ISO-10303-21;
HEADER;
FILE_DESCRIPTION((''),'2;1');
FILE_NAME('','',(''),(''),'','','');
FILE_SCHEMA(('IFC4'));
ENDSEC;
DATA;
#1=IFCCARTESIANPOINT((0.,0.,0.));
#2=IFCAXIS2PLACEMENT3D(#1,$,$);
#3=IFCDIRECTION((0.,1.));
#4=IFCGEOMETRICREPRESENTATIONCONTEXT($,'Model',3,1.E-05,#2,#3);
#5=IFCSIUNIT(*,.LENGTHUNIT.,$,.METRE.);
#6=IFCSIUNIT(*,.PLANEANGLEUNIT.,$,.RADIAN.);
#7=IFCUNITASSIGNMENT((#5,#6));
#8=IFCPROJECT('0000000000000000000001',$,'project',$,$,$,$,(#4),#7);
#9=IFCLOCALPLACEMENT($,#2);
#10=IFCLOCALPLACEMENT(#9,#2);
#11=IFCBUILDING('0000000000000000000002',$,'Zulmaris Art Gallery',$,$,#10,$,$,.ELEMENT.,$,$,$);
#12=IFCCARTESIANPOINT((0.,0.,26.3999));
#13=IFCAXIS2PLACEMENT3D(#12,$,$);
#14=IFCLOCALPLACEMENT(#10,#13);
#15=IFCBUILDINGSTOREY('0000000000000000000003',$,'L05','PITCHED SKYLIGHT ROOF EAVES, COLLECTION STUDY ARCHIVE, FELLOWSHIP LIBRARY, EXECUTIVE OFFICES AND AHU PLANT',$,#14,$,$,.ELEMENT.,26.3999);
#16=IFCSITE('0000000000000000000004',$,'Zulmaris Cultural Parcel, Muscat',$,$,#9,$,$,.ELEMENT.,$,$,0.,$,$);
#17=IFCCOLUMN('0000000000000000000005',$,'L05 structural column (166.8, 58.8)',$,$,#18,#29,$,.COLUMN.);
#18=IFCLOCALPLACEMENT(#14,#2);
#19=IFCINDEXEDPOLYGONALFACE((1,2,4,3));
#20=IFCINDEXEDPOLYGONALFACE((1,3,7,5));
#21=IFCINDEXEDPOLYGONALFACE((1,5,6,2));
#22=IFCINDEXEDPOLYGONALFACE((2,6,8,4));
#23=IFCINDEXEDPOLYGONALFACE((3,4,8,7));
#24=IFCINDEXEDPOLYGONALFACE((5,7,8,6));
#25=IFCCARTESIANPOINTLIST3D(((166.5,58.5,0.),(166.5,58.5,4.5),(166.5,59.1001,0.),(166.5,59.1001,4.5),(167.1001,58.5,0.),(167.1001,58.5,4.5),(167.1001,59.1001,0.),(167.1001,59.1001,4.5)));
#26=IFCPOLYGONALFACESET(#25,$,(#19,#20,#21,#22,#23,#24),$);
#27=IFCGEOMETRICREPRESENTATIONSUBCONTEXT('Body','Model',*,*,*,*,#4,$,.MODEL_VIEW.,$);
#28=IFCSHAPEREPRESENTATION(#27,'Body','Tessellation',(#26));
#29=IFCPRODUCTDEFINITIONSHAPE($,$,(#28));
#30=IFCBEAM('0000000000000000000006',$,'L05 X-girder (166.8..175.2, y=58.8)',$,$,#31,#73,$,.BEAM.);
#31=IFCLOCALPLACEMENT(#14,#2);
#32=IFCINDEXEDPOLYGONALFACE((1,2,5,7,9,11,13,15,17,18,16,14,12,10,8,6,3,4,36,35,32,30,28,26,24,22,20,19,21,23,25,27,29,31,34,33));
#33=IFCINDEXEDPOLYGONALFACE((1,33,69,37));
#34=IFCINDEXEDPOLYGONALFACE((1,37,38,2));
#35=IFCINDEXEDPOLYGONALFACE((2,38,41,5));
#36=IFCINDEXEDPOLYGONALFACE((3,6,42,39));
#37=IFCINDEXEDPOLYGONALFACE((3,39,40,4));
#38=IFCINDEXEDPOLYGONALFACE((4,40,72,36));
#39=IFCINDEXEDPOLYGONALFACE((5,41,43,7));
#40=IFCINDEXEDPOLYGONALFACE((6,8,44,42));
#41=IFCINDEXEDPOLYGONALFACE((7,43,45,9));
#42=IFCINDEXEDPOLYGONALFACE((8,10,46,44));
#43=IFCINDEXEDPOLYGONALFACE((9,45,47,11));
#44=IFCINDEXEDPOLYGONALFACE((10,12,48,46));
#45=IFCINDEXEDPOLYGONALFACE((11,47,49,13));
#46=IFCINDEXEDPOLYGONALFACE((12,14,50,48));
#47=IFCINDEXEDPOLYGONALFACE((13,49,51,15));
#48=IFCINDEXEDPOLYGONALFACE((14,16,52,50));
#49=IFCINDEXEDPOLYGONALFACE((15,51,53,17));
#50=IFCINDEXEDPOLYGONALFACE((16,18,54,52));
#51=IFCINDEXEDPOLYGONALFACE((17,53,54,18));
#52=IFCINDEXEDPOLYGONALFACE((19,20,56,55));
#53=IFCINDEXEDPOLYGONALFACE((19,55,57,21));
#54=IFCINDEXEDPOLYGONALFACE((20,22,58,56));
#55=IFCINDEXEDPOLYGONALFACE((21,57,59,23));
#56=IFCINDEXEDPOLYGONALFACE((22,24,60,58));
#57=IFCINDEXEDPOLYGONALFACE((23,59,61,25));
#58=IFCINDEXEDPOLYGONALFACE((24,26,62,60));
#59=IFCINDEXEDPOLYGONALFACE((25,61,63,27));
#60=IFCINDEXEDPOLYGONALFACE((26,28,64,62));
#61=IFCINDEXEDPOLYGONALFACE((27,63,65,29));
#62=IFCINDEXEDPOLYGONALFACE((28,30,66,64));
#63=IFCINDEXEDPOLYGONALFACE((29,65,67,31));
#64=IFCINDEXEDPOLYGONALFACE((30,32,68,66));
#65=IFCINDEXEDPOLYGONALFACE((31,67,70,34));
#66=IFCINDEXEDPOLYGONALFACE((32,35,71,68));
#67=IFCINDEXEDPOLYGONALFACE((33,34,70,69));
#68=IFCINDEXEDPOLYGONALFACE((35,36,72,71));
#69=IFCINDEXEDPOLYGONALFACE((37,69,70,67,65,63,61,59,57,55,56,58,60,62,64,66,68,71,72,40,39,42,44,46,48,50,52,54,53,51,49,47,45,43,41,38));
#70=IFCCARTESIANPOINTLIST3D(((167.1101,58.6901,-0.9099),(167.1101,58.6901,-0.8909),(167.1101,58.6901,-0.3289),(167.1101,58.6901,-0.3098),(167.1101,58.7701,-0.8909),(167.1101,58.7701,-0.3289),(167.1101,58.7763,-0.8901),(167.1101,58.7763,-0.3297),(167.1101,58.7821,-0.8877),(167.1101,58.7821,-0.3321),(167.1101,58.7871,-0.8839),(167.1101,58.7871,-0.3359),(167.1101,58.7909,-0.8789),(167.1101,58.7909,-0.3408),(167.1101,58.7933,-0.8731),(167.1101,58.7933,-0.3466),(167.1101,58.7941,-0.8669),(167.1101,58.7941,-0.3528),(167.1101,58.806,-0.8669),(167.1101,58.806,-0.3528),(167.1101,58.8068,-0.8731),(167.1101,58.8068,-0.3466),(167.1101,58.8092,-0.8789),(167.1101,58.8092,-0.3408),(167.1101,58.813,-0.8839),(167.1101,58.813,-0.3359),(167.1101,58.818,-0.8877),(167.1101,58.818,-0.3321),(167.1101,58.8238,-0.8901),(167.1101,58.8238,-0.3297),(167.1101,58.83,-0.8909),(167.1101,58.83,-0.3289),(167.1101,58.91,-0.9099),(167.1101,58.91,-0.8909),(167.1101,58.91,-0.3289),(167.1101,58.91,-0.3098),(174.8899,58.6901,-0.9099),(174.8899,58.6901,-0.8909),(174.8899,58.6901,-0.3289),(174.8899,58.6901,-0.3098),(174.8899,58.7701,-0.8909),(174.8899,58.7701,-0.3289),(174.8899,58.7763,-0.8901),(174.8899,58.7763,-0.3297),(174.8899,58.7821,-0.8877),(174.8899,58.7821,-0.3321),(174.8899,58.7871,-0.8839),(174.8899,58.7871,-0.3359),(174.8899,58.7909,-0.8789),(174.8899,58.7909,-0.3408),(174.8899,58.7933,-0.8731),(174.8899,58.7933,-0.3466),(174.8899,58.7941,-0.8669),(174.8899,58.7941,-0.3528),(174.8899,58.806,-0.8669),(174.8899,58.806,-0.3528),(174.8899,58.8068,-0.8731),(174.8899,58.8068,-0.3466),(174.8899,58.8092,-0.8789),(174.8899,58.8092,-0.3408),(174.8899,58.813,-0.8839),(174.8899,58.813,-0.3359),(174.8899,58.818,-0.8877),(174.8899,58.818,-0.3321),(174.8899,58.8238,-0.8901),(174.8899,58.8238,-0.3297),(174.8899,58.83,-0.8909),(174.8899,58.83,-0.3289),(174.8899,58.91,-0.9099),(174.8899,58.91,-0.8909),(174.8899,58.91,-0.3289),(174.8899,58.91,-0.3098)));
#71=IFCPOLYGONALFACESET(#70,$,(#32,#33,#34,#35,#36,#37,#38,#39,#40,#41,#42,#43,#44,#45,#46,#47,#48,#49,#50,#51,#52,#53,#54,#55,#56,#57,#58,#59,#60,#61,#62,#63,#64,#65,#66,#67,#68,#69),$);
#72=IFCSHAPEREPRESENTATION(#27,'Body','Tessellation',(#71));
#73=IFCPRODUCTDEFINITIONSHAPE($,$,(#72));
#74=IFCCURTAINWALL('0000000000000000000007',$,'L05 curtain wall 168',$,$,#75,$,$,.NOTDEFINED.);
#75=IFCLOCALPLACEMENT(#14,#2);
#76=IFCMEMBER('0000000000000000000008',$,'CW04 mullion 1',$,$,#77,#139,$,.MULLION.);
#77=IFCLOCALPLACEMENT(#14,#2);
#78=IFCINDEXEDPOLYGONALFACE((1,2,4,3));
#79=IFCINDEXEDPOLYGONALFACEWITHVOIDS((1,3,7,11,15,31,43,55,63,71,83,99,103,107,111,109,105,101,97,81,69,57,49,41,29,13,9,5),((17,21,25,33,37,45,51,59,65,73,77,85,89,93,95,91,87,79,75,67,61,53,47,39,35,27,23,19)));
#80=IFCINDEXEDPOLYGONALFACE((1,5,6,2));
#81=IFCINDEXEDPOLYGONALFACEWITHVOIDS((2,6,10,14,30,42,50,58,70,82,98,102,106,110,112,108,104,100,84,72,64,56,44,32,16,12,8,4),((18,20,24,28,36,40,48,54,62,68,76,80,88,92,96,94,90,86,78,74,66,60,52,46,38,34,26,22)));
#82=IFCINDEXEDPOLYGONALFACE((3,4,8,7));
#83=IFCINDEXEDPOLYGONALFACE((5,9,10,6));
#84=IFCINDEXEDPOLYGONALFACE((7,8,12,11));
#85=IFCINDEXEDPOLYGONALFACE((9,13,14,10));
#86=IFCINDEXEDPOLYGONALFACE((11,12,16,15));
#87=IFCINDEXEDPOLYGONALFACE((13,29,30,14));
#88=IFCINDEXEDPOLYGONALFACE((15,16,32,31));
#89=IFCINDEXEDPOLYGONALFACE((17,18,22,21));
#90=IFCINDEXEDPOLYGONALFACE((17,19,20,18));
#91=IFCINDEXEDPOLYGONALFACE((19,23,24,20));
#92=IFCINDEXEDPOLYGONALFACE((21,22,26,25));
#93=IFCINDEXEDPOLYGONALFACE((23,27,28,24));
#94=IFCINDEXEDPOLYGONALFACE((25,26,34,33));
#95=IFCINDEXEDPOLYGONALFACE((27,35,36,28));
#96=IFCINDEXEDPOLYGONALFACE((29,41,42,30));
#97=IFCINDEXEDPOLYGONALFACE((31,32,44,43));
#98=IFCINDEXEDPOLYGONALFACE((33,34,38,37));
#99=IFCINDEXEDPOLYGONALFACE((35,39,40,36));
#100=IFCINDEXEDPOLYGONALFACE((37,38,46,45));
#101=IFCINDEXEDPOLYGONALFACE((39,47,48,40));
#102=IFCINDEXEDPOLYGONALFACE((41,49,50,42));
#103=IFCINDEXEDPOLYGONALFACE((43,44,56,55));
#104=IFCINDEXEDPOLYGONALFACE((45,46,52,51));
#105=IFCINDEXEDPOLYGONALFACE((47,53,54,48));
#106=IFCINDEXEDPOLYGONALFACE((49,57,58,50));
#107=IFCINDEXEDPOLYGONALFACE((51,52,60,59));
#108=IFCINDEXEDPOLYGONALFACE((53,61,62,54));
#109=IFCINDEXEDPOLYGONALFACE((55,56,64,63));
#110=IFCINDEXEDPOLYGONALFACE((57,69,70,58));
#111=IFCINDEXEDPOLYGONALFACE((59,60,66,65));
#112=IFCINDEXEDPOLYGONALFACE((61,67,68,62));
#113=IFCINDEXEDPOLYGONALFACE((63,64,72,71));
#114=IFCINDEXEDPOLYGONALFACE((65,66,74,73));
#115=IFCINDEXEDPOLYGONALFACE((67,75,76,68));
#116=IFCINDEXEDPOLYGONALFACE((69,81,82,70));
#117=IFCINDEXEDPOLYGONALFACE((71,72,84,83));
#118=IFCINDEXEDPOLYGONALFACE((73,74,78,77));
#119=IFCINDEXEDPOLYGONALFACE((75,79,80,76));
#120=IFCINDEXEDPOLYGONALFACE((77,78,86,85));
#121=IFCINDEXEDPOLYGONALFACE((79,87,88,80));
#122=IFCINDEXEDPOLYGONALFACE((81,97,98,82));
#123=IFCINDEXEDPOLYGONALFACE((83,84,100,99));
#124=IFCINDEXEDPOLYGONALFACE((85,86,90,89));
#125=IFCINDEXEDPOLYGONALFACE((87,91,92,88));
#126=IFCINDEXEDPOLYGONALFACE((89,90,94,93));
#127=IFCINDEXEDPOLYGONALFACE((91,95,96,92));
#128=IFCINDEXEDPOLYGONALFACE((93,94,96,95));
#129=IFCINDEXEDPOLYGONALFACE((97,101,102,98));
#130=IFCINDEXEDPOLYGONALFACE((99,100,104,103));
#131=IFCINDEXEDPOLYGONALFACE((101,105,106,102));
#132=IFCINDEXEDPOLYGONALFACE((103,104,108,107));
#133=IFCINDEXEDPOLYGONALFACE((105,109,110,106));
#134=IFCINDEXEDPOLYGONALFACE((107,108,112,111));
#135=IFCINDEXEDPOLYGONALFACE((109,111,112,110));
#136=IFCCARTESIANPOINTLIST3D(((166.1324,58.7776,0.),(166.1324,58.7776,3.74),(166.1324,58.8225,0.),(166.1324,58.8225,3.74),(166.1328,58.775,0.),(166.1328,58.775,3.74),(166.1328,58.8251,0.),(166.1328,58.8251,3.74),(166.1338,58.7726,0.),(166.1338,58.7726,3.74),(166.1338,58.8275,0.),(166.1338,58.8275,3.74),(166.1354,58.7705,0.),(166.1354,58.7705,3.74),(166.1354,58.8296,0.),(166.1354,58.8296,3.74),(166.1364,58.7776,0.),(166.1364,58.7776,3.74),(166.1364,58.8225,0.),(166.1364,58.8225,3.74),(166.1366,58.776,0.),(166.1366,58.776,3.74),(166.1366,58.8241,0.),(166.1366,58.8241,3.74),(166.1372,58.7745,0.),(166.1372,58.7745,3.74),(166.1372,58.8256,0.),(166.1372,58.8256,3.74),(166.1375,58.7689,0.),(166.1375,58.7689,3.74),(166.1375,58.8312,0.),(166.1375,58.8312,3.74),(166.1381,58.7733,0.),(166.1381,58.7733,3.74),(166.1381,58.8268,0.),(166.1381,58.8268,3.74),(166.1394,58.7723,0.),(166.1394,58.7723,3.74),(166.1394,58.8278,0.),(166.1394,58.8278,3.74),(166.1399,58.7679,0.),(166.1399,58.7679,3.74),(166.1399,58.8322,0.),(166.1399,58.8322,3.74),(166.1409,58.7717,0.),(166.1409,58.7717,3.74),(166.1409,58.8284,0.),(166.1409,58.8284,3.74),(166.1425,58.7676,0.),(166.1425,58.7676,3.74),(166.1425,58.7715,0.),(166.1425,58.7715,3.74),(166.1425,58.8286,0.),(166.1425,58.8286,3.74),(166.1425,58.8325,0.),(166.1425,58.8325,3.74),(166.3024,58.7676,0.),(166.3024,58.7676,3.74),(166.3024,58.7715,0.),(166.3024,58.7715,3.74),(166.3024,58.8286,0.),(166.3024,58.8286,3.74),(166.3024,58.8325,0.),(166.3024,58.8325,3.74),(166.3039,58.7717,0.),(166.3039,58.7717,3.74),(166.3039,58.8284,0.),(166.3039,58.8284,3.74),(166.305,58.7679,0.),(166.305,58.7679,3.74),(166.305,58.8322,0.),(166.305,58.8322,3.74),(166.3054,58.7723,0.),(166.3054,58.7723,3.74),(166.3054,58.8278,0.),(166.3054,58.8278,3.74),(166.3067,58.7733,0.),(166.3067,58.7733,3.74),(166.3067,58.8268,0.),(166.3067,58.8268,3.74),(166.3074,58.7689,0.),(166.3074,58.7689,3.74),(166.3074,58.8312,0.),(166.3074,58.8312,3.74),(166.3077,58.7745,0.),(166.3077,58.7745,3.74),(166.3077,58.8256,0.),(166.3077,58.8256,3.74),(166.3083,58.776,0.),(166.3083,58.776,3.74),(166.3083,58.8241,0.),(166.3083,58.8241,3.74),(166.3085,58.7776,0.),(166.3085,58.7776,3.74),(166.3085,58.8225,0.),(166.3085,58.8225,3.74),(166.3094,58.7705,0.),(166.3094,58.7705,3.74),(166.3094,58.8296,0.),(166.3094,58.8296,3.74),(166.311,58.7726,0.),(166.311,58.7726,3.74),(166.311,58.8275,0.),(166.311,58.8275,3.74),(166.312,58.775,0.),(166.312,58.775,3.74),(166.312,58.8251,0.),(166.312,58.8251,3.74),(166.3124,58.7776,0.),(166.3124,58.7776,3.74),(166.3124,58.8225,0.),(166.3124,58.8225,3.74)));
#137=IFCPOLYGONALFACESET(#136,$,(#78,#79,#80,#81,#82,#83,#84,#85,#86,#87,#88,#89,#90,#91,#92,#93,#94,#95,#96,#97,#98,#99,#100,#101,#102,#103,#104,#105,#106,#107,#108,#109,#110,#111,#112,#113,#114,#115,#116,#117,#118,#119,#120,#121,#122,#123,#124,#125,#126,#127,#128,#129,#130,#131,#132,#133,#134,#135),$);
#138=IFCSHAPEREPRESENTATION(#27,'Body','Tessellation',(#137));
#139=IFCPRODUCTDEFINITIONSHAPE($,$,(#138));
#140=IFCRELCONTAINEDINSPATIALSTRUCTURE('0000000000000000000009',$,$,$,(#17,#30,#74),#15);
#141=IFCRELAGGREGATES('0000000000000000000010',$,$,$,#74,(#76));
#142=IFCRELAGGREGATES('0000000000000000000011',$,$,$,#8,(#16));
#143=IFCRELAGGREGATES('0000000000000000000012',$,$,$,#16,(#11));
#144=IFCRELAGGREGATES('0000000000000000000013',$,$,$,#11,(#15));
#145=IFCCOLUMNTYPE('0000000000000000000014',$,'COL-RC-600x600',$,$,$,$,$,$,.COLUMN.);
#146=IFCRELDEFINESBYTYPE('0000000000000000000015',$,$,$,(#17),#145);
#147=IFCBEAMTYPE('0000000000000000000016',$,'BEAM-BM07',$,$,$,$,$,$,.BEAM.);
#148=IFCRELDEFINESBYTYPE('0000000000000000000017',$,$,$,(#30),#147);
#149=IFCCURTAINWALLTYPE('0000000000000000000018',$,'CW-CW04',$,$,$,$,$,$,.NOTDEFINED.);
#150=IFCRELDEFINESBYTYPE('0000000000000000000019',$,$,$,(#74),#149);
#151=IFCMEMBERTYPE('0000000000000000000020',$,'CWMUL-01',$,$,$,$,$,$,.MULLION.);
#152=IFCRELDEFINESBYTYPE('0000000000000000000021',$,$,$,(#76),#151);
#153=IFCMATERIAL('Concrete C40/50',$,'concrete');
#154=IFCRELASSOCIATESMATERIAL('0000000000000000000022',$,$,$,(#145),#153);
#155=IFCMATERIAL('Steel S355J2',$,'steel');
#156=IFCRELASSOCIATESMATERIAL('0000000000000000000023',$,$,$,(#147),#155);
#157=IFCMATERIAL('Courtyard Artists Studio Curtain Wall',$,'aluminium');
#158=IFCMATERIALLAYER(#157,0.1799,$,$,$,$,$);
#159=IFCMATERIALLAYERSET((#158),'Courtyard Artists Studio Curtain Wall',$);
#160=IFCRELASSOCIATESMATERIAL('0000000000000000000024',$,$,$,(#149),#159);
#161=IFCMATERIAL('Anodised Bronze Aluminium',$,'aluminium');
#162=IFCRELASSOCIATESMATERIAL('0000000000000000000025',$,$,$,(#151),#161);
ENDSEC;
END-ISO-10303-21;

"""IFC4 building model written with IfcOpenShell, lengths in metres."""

from ifc_helpers import new_model, si_unit, direction, frame, origin, origin_2d, place, context, subcontext, project, spatial, rectangle, hollow_rectangle, i_section, extrude, material, layer, layer_set, material_profile, profile_set, type_object, element, aggregate, save


model = new_model("IFC4")

# Units and contexts
model_context = context("Model", 3, precision=1e-05, world=origin(), true_north=direction((0.0, 1.0)))
body_context = subcontext(model_context, "Body", "Model", "MODEL_VIEW")
ifc_project = project(units=[si_unit("LENGTHUNIT", "METRE"), si_unit("PLANEANGLEUNIT", "RADIAN")], contexts=[model_context])

# Site, building, storey
site_placement = place(None, origin())
site = spatial("IfcSite", under=ifc_project, at=site_placement, Name="Zulmaris Cultural Parcel, Muscat", CompositionType="ELEMENT", RefElevation=0.0)
building_placement = place(site_placement, origin())
building = spatial("IfcBuilding", under=site, at=building_placement, Name="Zulmaris Art Gallery", CompositionType="ELEMENT")
storey_placement = place(building_placement, frame((0.0, 0.0, 26.3999)))
storey = spatial("IfcBuildingStorey", under=building, at=storey_placement, Name="L05", Description="PITCHED SKYLIGHT ROOF EAVES, COLLECTION STUDY ARCHIVE, FELLOWSHIP LIBRARY, EXECUTIVE OFFICES AND AHU PLANT", CompositionType="ELEMENT", Elevation=26.3999)

# Column
ifc_material_1 = material(Name="Concrete C40/50", Category="concrete")
ifc_material_profile_1 = material_profile(ifc_material_1, rectangle(XDim=0.6001, YDim=0.6001, at=origin_2d()), Name="RC 600x600")
ifc_profile_set_1 = profile_set([ifc_material_profile_1], Name="Concrete C40/50")
column_type = type_object("IfcColumnType", Name="COL-RC-600x600", PredefinedType="COLUMN", material=ifc_profile_set_1)
column_placement = place(storey_placement, frame((166.8, 58.8, 0.0), z_axis=(0.0, 0.0, 1.0), x_axis=(1.0, 0.0, 0.0)))
element("IfcColumn", 1, at=column_placement, inside=storey, type_object=column_type, Name="L05 structural column (166.8, 58.8)", PredefinedType="COLUMN", context=body_context, shape_type="SweptSolid", body=[
    extrude(rectangle(XDim=0.6001, YDim=0.6001, at=origin_2d()), origin(), (0.0, 0.0, 1.0), 4.5),
])

# Beam
ifc_material_2 = material(Name="Steel S355J2", Category="steel")
ifc_material_profile_2 = material_profile(ifc_material_2, i_section(OverallWidth=0.22, OverallDepth=0.6001, WebThickness=0.012, FlangeThickness=0.019, FilletRadius=0.0239, at=origin_2d()), Name="IPE 600")
ifc_profile_set_2 = profile_set([ifc_material_profile_2], Name="Steel S355J2")
beam_type = type_object("IfcBeamType", Name="BEAM-BM07", PredefinedType="BEAM", material=ifc_profile_set_2)
beam_placement = place(storey_placement, frame((167.1101, 58.8, -0.6099), z_axis=(1.0, 0.0, 0.0), x_axis=(0.0, 1.0, 0.0)))
element("IfcBeam", 2, at=beam_placement, inside=storey, type_object=beam_type, Name="L05 X-girder (166.8..175.2, y=58.8)", PredefinedType="BEAM", context=body_context, shape_type="SweptSolid", body=[
    extrude(i_section(OverallWidth=0.22, OverallDepth=0.6001, WebThickness=0.012, FlangeThickness=0.019, FilletRadius=0.0239, at=origin_2d()), origin(), (0.0, 0.0, 1.0), 7.7798),
])

# Curtain wall, member
ifc_material_3 = material(Name="Courtyard Artists Studio Curtain Wall", Category="aluminium")
ifc_layer_1 = layer(ifc_material_3, 0.1799)
ifc_layer_set_1 = layer_set([ifc_layer_1], Name="Courtyard Artists Studio Curtain Wall")
curtain_wall_type = type_object("IfcCurtainWallType", Name="CW-CW04", PredefinedType="NOTDEFINED", material=ifc_layer_set_1)
curtain_wall_1_placement = place(storey_placement, origin())
curtain_wall_1 = element("IfcCurtainWall", 3, at=curtain_wall_1_placement, inside=storey, type_object=curtain_wall_type, Name="L05 curtain wall 168", PredefinedType="NOTDEFINED")
ifc_material_4 = material(Name="Anodised Bronze Aluminium", Category="aluminium")
ifc_material_profile_3 = material_profile(ifc_material_4, hollow_rectangle(XDim=0.0649, YDim=0.1799, WallThickness=0.0039, InnerFilletRadius=0.0061, OuterFilletRadius=0.01, at=origin_2d()), Name="ALU 65x180x4")
ifc_profile_set_3 = profile_set([ifc_material_profile_3], Name="Anodised Bronze Aluminium")
member_type_1 = type_object("IfcMemberType", Name="CWMUL-01", PredefinedType="MULLION", material=ifc_profile_set_3)
member_1_placement = place(storey_placement, frame((166.2224, 58.8, 0.0), z_axis=(0.0, 0.0, 1.0), x_axis=(0.0, -1.0, 0.0)))
member_1 = element("IfcMember", 4, at=member_1_placement, type_object=member_type_1, Name="CW04 mullion 1", PredefinedType="MULLION", context=body_context, shape_type="SweptSolid", body=[
    extrude(hollow_rectangle(XDim=0.0649, YDim=0.1799, WallThickness=0.0039, InnerFilletRadius=0.0061, OuterFilletRadius=0.01, at=origin_2d()), origin(), (0.0, 0.0, 1.0), 3.74),
])

aggregate(curtain_wall_1, [member_1])

save(model, "model.ifc")
